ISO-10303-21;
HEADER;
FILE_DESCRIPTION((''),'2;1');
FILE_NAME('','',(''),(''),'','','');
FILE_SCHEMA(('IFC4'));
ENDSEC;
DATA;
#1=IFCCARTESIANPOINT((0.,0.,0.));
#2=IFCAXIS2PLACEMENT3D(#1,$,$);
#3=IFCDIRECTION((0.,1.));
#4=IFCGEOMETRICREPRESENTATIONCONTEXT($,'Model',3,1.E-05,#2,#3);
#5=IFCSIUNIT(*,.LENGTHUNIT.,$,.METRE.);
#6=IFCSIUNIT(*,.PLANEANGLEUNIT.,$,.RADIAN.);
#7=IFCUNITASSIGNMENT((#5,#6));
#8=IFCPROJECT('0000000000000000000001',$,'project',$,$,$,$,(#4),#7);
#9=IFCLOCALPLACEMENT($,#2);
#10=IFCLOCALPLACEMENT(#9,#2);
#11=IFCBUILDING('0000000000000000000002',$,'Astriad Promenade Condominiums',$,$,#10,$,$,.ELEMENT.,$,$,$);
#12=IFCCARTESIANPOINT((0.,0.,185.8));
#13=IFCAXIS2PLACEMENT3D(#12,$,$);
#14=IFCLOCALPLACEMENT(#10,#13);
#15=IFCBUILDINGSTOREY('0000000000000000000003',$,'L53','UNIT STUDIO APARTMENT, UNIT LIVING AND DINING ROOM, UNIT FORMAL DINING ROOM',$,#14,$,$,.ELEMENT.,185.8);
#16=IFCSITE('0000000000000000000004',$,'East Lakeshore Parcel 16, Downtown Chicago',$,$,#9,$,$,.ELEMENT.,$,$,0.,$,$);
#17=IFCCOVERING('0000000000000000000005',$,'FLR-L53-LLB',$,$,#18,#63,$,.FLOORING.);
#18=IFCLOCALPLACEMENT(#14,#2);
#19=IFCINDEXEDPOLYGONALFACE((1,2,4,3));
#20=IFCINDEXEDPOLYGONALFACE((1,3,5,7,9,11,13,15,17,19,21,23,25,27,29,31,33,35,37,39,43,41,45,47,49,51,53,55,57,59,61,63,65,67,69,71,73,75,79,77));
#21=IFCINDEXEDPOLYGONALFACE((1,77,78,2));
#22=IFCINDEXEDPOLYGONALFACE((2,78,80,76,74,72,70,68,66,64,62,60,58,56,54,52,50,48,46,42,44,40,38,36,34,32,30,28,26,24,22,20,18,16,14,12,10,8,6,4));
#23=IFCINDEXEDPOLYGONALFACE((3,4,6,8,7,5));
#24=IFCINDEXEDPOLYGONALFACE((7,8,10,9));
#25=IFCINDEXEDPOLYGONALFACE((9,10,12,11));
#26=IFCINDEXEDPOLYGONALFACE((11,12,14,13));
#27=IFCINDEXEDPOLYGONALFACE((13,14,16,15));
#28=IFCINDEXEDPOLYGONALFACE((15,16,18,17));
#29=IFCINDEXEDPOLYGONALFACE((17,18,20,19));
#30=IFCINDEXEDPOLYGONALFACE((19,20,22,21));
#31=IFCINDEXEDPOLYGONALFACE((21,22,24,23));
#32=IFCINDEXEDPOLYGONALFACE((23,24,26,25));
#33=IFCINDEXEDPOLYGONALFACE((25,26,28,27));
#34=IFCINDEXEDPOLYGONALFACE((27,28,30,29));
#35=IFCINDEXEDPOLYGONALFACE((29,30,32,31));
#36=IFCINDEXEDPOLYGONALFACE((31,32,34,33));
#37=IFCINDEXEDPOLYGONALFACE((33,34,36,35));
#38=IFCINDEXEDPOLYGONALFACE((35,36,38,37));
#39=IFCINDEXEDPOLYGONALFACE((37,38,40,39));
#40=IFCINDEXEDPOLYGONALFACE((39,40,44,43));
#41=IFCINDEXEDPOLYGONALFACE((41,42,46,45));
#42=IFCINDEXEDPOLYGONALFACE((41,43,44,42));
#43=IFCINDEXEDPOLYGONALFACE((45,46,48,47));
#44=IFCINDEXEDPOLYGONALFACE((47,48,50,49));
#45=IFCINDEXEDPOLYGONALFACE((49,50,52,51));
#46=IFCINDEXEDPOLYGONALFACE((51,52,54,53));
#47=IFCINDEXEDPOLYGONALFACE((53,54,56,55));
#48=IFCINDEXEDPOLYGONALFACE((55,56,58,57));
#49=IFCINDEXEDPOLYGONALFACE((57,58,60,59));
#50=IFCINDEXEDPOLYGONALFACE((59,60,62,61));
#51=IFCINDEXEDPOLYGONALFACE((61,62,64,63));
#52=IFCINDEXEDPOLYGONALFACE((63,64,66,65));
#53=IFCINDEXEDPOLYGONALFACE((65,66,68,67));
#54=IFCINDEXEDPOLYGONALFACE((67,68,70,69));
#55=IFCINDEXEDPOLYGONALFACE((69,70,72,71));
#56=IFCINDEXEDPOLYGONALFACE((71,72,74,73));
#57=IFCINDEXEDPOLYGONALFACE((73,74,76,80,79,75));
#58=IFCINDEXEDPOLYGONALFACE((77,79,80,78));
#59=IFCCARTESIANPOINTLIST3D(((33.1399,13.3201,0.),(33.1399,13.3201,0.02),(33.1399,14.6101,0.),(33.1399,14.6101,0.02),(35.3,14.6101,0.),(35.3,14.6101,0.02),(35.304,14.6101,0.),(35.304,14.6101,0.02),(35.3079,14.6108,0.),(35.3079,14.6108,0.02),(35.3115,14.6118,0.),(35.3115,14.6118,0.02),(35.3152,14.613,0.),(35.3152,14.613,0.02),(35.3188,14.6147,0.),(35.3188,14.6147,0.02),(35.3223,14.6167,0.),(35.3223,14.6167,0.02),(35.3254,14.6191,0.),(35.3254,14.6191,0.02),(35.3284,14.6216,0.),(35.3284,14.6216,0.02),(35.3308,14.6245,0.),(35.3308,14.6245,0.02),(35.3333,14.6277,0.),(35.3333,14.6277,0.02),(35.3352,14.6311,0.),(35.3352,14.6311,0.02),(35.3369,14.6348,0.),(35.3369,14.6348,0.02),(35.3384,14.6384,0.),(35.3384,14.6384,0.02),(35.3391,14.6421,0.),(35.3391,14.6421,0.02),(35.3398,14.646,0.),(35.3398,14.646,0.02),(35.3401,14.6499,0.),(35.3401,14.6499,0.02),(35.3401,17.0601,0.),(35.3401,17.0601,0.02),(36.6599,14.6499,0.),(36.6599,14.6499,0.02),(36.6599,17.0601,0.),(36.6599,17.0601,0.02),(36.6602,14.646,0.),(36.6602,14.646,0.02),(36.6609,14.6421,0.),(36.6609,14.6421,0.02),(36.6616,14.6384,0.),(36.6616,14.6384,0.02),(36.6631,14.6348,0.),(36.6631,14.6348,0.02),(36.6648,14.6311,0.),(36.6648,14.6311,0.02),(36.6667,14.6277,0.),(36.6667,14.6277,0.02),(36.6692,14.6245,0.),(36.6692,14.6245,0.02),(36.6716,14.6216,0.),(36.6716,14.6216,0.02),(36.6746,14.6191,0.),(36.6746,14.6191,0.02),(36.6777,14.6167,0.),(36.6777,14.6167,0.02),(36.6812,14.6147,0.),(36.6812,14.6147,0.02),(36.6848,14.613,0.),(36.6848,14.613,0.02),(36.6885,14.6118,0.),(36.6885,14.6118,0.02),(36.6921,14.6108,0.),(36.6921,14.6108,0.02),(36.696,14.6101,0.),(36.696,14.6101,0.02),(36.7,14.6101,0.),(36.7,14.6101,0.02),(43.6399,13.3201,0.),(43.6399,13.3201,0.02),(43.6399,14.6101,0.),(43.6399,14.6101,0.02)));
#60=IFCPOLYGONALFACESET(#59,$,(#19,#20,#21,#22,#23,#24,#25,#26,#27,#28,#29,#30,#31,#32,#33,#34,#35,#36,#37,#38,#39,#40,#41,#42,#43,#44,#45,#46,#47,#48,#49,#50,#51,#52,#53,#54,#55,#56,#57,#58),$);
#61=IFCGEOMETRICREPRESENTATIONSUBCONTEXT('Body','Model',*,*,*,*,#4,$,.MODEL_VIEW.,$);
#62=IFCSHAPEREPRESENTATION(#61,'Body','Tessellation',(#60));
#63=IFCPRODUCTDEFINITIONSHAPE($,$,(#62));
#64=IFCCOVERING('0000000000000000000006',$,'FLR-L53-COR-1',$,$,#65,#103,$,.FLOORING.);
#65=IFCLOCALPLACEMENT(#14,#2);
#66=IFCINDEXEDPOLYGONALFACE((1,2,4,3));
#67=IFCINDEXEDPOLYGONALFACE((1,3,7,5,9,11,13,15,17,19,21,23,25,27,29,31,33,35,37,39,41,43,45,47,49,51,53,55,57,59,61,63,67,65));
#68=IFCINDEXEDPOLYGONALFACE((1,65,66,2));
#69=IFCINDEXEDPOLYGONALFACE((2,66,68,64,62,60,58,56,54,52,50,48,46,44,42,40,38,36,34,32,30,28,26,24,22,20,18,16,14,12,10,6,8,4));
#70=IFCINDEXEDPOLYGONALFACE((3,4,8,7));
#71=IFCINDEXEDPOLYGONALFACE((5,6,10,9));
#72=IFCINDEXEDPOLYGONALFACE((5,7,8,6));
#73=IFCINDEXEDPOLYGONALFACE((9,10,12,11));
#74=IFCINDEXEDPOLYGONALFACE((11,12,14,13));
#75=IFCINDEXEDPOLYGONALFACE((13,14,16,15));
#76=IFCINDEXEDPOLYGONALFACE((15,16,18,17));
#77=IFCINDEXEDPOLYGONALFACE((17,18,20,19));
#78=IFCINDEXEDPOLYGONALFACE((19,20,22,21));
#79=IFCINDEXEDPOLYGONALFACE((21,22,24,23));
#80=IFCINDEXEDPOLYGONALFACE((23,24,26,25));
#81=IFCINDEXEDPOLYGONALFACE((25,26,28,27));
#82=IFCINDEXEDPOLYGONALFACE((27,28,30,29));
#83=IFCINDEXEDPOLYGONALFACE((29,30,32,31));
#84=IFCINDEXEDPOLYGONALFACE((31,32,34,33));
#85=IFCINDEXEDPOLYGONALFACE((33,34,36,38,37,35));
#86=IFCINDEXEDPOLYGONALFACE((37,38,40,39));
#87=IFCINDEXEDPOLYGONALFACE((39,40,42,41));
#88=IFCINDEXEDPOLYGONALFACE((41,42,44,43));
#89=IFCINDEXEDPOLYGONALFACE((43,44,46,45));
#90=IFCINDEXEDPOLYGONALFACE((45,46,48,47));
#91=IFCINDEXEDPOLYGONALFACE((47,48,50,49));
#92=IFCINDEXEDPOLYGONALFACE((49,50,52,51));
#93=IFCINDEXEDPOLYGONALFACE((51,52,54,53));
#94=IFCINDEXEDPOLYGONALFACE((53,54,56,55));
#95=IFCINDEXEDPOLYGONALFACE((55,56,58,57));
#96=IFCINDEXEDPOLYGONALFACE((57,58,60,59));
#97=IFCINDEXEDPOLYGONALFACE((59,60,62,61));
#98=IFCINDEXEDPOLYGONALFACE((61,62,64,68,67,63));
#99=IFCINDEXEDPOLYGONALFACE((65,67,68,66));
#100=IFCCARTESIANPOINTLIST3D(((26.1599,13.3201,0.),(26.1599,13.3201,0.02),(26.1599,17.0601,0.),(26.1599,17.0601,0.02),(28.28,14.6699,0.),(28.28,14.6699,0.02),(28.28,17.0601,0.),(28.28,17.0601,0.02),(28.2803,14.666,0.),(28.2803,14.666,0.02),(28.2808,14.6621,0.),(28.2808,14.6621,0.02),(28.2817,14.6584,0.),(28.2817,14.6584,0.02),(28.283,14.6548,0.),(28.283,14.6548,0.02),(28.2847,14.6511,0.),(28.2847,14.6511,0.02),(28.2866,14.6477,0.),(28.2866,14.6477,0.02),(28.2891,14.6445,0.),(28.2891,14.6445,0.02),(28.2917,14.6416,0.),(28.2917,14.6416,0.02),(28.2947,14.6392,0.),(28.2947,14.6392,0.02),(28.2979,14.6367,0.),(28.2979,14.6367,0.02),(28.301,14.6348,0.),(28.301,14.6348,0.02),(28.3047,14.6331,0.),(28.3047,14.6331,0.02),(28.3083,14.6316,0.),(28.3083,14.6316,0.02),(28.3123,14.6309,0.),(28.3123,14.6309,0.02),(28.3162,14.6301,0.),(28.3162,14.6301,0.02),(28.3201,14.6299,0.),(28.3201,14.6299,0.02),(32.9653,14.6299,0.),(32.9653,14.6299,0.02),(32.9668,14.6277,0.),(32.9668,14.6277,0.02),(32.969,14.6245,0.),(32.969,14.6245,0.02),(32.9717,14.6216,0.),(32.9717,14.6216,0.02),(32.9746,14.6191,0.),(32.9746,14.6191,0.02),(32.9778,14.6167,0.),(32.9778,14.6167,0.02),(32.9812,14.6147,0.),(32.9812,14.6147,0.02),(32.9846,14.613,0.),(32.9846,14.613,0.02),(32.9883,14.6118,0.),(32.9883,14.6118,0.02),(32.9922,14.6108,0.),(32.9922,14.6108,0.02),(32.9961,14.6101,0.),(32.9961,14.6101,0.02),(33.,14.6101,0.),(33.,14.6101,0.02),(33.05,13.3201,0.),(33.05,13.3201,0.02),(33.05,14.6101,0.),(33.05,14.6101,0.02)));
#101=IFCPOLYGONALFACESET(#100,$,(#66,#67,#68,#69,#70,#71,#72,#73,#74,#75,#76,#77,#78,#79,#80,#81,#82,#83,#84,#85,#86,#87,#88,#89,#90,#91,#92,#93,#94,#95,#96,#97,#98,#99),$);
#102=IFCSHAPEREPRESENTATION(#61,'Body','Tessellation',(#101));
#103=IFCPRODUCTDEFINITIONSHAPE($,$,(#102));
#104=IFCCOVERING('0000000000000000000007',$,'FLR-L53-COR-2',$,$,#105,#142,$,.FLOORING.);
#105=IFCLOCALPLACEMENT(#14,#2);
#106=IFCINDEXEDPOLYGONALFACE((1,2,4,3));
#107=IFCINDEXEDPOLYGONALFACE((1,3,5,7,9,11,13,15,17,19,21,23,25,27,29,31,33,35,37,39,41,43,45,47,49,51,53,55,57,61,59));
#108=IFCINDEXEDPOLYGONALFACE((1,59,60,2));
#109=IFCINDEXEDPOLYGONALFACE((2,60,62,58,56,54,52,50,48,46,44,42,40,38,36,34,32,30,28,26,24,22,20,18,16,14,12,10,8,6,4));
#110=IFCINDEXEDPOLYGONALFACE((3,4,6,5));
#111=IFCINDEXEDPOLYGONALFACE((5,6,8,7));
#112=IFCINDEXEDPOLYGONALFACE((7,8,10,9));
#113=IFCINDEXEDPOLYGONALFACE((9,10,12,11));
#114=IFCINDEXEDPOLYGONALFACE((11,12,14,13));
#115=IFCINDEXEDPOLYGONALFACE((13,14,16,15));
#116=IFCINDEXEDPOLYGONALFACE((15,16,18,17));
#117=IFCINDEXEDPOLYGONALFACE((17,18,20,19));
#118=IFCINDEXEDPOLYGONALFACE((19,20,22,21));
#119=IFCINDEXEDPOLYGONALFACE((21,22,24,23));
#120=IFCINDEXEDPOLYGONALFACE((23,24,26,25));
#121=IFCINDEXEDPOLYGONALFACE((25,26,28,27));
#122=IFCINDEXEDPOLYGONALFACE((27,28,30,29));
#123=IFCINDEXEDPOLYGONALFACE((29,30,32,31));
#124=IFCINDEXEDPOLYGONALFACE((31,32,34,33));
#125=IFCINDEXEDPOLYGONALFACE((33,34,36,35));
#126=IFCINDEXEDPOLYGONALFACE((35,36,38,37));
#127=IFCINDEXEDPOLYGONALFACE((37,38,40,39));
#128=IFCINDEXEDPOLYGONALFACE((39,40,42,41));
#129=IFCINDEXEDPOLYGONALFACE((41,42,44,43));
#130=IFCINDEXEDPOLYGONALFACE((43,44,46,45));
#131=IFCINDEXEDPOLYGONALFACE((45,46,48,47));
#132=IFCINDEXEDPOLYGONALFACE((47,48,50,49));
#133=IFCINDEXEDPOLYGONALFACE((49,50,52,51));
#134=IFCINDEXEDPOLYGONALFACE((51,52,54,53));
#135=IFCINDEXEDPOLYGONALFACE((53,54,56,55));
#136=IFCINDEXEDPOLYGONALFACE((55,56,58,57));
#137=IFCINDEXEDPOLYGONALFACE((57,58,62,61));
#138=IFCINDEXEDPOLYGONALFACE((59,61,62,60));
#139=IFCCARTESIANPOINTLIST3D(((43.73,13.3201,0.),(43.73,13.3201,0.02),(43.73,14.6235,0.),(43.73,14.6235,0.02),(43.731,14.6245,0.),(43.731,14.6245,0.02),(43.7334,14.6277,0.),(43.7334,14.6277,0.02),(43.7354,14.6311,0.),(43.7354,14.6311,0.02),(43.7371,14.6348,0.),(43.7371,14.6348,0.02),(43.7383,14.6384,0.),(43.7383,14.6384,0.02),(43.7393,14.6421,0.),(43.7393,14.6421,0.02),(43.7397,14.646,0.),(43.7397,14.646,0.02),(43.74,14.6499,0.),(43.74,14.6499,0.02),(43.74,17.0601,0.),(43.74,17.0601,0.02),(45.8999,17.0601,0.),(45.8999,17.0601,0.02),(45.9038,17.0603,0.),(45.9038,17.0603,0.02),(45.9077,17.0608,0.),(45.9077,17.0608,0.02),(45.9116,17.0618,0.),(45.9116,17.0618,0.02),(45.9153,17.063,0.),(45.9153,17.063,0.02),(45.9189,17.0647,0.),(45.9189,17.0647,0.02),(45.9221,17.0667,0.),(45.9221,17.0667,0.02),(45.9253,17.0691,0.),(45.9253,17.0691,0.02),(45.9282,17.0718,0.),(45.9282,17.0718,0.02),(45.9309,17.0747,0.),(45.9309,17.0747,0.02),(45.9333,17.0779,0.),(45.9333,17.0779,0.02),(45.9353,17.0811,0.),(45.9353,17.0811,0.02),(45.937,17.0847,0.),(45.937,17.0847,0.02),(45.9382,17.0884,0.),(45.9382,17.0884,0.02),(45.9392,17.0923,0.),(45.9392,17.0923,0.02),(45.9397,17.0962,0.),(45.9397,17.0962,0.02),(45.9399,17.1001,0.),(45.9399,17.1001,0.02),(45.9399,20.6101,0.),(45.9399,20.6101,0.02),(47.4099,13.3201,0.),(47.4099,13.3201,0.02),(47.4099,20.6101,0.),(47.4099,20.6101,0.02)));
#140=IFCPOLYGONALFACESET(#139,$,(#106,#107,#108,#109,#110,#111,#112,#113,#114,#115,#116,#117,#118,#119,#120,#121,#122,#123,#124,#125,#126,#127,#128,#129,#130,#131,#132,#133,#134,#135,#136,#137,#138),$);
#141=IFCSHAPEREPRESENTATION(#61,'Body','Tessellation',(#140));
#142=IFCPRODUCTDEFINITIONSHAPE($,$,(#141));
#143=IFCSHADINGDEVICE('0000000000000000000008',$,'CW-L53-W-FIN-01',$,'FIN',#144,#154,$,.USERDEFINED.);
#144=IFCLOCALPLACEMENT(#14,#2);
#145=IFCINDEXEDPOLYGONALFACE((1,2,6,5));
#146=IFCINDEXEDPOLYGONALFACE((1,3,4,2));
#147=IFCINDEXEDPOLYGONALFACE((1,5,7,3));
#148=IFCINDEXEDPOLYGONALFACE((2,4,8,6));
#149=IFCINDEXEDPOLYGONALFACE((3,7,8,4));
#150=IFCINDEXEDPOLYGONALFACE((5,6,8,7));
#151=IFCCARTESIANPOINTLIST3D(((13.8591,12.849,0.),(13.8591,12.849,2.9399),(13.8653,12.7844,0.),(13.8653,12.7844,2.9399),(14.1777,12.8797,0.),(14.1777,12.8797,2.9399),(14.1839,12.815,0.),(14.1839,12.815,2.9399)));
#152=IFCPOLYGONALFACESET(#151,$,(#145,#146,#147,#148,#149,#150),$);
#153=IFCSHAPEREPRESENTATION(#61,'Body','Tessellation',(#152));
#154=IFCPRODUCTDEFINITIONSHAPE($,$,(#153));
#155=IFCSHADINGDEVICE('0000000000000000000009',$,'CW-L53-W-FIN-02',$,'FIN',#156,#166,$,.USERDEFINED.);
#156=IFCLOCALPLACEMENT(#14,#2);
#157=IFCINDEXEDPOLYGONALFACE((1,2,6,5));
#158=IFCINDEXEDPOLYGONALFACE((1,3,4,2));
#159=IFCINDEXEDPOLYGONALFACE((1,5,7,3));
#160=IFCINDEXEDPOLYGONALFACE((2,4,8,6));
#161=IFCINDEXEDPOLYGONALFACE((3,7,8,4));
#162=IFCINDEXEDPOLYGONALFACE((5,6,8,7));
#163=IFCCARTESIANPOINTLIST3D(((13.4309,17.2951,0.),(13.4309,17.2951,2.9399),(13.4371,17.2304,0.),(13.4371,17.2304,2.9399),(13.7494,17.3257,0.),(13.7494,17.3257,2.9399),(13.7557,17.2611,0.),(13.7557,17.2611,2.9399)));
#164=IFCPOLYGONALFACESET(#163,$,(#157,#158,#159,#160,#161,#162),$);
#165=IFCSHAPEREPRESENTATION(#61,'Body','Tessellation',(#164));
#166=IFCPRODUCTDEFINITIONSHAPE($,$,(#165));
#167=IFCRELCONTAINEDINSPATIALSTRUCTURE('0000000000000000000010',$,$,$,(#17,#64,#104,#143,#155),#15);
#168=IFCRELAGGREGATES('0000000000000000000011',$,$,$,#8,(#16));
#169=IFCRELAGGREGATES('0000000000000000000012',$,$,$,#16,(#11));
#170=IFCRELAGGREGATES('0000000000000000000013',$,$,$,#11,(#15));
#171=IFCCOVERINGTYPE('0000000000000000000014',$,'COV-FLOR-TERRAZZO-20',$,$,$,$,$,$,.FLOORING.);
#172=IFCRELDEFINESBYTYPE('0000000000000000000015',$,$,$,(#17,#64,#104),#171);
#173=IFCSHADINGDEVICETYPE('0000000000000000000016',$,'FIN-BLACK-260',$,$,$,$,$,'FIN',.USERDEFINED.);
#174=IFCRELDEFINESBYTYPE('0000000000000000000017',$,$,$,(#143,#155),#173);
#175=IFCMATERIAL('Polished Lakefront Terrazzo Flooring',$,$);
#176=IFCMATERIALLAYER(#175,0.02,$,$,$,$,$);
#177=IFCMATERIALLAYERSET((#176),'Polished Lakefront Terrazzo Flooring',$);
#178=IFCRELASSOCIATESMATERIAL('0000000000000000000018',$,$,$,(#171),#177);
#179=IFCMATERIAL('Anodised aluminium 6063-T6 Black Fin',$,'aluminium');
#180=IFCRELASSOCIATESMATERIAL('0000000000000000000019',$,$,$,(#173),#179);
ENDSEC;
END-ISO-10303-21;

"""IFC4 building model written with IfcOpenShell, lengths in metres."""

from ifc_helpers import new_model, si_unit, direction, frame, origin, origin_2d, place, context, subcontext, project, spatial, polyline, rectangle, outline, extrude, source, transform, mapped, material, layer, layer_set, type_object, type_shapes, element, save


model = new_model("IFC4")

# Units and contexts
model_context = context("Model", 3, precision=1e-05, world=origin(), true_north=direction((0.0, 1.0)))
body_context = subcontext(model_context, "Body", "Model", "MODEL_VIEW")
ifc_project = project(units=[si_unit("LENGTHUNIT", "METRE"), si_unit("PLANEANGLEUNIT", "RADIAN")], contexts=[model_context])

# Site, building, storey
site_placement = place(None, origin())
site = spatial("IfcSite", under=ifc_project, at=site_placement, Name="East Lakeshore Parcel 16, Downtown Chicago", CompositionType="ELEMENT", RefElevation=0.0)
building_placement = place(site_placement, origin())
building = spatial("IfcBuilding", under=site, at=building_placement, Name="Astriad Promenade Condominiums", CompositionType="ELEMENT")
storey_placement = place(building_placement, frame((0.0, 0.0, 185.8)))
storey = spatial("IfcBuildingStorey", under=building, at=storey_placement, Name="L53", Description="UNIT STUDIO APARTMENT, UNIT LIVING AND DINING ROOM, UNIT FORMAL DINING ROOM", CompositionType="ELEMENT", Elevation=185.8)

# Coverings
ifc_material_1 = material(Name="Polished Lakefront Terrazzo Flooring")
ifc_layer_1 = layer(ifc_material_1, 0.02)
ifc_layer_set_1 = layer_set([ifc_layer_1], Name="Polished Lakefront Terrazzo Flooring")
covering_type = type_object("IfcCoveringType", Name="COV-FLOR-TERRAZZO-20", PredefinedType="FLOORING", material=ifc_layer_set_1)
covering_1_placement = place(storey_placement, origin())
element("IfcCovering", 1, at=covering_1_placement, inside=storey, type_object=covering_type, Name="FLR-L53-LLB", PredefinedType="FLOORING", context=body_context, shape_type="SweptSolid", body=[
    extrude(outline(polyline([(43.6399, 14.6101), (43.6399, 13.3201), (33.1399, 13.3201), (33.1399, 14.6101), (35.3, 14.6101), (35.304, 14.6101), (35.3079, 14.6108), (35.3115, 14.6118), (35.3152, 14.613), (35.3188, 14.6147), (35.3223, 14.6167), (35.3254, 14.6191), (35.3284, 14.6216), (35.3308, 14.6245), (35.3333, 14.6277), (35.3352, 14.6311), (35.3369, 14.6348), (35.3384, 14.6384), (35.3391, 14.6421), (35.3398, 14.646), (35.3401, 14.6499), (35.3401, 17.0601), (36.6599, 17.0601), (36.6599, 14.6499), (36.6602, 14.646), (36.6609, 14.6421), (36.6616, 14.6384), (36.6631, 14.6348), (36.6648, 14.6311), (36.6667, 14.6277), (36.6692, 14.6245), (36.6716, 14.6216), (36.6746, 14.6191), (36.6777, 14.6167), (36.6812, 14.6147), (36.6848, 14.613), (36.6885, 14.6118), (36.6921, 14.6108), (36.696, 14.6101), (36.7, 14.6101), (43.6399, 14.6101)])), origin(), (0.0, 0.0, 1.0), 0.02),
])
covering_2_placement = place(storey_placement, origin())
element("IfcCovering", 2, at=covering_2_placement, inside=storey, type_object=covering_type, Name="FLR-L53-COR-1", PredefinedType="FLOORING", context=body_context, shape_type="SweptSolid", body=[
    extrude(outline(polyline([(26.1599, 13.3201), (26.1599, 17.0601), (28.28, 17.0601), (28.28, 14.6699), (28.2803, 14.666), (28.2808, 14.6621), (28.2817, 14.6584), (28.283, 14.6548), (28.2847, 14.6511), (28.2866, 14.6477), (28.2891, 14.6445), (28.2917, 14.6416), (28.2947, 14.6392), (28.2979, 14.6367), (28.301, 14.6348), (28.3047, 14.6331), (28.3083, 14.6316), (28.3123, 14.6309), (28.3162, 14.6301), (28.3201, 14.6299), (32.9653, 14.6299), (32.9668, 14.6277), (32.969, 14.6245), (32.9717, 14.6216), (32.9746, 14.6191), (32.9778, 14.6167), (32.9812, 14.6147), (32.9846, 14.613), (32.9883, 14.6118), (32.9922, 14.6108), (32.9961, 14.6101), (33.0, 14.6101), (33.05, 14.6101), (33.05, 13.3201), (26.1599, 13.3201)])), origin(), (0.0, 0.0, 1.0), 0.02),
])
covering_3_placement = place(storey_placement, origin())
element("IfcCovering", 3, at=covering_3_placement, inside=storey, type_object=covering_type, Name="FLR-L53-COR-2", PredefinedType="FLOORING", context=body_context, shape_type="SweptSolid", body=[
    extrude(outline(polyline([(43.73, 14.6235), (43.731, 14.6245), (43.7334, 14.6277), (43.7354, 14.6311), (43.7371, 14.6348), (43.7383, 14.6384), (43.7393, 14.6421), (43.7397, 14.646), (43.74, 14.6499), (43.74, 17.0601), (45.8999, 17.0601), (45.9038, 17.0603), (45.9077, 17.0608), (45.9116, 17.0618), (45.9153, 17.063), (45.9189, 17.0647), (45.9221, 17.0667), (45.9253, 17.0691), (45.9282, 17.0718), (45.9309, 17.0747), (45.9333, 17.0779), (45.9353, 17.0811), (45.937, 17.0847), (45.9382, 17.0884), (45.9392, 17.0923), (45.9397, 17.0962), (45.9399, 17.1001), (45.9399, 20.6101), (47.4099, 20.6101), (47.4099, 13.3201), (43.73, 13.3201), (43.73, 14.6235)])), origin(), (0.0, 0.0, 1.0), 0.02),
])

# Shading devices
ifc_material_2 = material(Name="Anodised aluminium 6063-T6 Black Fin", Category="aluminium")
shading_device_type = type_object("IfcShadingDeviceType", Name="FIN-BLACK-260", ElementType="FIN", PredefinedType="USERDEFINED", material=ifc_material_2)
shared_shape_1 = source(origin(), body_context, "Body", "SweptSolid", [
    extrude(rectangle(XDim=0.0649, YDim=0.3201, at=origin_2d()), origin(), (0.0, 0.0, 1.0), 2.9399),
])
type_shapes(shading_device_type, [shared_shape_1])
for number, where, z_axis, x_axis, name in (
    (4, (14.0215, 12.832, 0.0), (0.0, 0.0, 1.0), (-0.095846, 0.995396, 0.0), "CW-L53-W-FIN-01"),
    (5, (13.5933, 17.2781, 0.0), (0.0, 0.0, 1.0), (-0.095846, 0.995396, 0.0), "CW-L53-W-FIN-02"),
):
    element("IfcShadingDevice", number, at=place(storey_placement, frame(where, z_axis=z_axis, x_axis=x_axis)), inside=storey, type_object=shading_device_type, Name=name, ObjectType="FIN", PredefinedType="USERDEFINED", context=body_context, shape_type="MappedRepresentation", body=[
        mapped(shared_shape_1, transform((0.0, 0.0, 0.0), scale=1.0)),
    ])

save(model, "model.ifc")
